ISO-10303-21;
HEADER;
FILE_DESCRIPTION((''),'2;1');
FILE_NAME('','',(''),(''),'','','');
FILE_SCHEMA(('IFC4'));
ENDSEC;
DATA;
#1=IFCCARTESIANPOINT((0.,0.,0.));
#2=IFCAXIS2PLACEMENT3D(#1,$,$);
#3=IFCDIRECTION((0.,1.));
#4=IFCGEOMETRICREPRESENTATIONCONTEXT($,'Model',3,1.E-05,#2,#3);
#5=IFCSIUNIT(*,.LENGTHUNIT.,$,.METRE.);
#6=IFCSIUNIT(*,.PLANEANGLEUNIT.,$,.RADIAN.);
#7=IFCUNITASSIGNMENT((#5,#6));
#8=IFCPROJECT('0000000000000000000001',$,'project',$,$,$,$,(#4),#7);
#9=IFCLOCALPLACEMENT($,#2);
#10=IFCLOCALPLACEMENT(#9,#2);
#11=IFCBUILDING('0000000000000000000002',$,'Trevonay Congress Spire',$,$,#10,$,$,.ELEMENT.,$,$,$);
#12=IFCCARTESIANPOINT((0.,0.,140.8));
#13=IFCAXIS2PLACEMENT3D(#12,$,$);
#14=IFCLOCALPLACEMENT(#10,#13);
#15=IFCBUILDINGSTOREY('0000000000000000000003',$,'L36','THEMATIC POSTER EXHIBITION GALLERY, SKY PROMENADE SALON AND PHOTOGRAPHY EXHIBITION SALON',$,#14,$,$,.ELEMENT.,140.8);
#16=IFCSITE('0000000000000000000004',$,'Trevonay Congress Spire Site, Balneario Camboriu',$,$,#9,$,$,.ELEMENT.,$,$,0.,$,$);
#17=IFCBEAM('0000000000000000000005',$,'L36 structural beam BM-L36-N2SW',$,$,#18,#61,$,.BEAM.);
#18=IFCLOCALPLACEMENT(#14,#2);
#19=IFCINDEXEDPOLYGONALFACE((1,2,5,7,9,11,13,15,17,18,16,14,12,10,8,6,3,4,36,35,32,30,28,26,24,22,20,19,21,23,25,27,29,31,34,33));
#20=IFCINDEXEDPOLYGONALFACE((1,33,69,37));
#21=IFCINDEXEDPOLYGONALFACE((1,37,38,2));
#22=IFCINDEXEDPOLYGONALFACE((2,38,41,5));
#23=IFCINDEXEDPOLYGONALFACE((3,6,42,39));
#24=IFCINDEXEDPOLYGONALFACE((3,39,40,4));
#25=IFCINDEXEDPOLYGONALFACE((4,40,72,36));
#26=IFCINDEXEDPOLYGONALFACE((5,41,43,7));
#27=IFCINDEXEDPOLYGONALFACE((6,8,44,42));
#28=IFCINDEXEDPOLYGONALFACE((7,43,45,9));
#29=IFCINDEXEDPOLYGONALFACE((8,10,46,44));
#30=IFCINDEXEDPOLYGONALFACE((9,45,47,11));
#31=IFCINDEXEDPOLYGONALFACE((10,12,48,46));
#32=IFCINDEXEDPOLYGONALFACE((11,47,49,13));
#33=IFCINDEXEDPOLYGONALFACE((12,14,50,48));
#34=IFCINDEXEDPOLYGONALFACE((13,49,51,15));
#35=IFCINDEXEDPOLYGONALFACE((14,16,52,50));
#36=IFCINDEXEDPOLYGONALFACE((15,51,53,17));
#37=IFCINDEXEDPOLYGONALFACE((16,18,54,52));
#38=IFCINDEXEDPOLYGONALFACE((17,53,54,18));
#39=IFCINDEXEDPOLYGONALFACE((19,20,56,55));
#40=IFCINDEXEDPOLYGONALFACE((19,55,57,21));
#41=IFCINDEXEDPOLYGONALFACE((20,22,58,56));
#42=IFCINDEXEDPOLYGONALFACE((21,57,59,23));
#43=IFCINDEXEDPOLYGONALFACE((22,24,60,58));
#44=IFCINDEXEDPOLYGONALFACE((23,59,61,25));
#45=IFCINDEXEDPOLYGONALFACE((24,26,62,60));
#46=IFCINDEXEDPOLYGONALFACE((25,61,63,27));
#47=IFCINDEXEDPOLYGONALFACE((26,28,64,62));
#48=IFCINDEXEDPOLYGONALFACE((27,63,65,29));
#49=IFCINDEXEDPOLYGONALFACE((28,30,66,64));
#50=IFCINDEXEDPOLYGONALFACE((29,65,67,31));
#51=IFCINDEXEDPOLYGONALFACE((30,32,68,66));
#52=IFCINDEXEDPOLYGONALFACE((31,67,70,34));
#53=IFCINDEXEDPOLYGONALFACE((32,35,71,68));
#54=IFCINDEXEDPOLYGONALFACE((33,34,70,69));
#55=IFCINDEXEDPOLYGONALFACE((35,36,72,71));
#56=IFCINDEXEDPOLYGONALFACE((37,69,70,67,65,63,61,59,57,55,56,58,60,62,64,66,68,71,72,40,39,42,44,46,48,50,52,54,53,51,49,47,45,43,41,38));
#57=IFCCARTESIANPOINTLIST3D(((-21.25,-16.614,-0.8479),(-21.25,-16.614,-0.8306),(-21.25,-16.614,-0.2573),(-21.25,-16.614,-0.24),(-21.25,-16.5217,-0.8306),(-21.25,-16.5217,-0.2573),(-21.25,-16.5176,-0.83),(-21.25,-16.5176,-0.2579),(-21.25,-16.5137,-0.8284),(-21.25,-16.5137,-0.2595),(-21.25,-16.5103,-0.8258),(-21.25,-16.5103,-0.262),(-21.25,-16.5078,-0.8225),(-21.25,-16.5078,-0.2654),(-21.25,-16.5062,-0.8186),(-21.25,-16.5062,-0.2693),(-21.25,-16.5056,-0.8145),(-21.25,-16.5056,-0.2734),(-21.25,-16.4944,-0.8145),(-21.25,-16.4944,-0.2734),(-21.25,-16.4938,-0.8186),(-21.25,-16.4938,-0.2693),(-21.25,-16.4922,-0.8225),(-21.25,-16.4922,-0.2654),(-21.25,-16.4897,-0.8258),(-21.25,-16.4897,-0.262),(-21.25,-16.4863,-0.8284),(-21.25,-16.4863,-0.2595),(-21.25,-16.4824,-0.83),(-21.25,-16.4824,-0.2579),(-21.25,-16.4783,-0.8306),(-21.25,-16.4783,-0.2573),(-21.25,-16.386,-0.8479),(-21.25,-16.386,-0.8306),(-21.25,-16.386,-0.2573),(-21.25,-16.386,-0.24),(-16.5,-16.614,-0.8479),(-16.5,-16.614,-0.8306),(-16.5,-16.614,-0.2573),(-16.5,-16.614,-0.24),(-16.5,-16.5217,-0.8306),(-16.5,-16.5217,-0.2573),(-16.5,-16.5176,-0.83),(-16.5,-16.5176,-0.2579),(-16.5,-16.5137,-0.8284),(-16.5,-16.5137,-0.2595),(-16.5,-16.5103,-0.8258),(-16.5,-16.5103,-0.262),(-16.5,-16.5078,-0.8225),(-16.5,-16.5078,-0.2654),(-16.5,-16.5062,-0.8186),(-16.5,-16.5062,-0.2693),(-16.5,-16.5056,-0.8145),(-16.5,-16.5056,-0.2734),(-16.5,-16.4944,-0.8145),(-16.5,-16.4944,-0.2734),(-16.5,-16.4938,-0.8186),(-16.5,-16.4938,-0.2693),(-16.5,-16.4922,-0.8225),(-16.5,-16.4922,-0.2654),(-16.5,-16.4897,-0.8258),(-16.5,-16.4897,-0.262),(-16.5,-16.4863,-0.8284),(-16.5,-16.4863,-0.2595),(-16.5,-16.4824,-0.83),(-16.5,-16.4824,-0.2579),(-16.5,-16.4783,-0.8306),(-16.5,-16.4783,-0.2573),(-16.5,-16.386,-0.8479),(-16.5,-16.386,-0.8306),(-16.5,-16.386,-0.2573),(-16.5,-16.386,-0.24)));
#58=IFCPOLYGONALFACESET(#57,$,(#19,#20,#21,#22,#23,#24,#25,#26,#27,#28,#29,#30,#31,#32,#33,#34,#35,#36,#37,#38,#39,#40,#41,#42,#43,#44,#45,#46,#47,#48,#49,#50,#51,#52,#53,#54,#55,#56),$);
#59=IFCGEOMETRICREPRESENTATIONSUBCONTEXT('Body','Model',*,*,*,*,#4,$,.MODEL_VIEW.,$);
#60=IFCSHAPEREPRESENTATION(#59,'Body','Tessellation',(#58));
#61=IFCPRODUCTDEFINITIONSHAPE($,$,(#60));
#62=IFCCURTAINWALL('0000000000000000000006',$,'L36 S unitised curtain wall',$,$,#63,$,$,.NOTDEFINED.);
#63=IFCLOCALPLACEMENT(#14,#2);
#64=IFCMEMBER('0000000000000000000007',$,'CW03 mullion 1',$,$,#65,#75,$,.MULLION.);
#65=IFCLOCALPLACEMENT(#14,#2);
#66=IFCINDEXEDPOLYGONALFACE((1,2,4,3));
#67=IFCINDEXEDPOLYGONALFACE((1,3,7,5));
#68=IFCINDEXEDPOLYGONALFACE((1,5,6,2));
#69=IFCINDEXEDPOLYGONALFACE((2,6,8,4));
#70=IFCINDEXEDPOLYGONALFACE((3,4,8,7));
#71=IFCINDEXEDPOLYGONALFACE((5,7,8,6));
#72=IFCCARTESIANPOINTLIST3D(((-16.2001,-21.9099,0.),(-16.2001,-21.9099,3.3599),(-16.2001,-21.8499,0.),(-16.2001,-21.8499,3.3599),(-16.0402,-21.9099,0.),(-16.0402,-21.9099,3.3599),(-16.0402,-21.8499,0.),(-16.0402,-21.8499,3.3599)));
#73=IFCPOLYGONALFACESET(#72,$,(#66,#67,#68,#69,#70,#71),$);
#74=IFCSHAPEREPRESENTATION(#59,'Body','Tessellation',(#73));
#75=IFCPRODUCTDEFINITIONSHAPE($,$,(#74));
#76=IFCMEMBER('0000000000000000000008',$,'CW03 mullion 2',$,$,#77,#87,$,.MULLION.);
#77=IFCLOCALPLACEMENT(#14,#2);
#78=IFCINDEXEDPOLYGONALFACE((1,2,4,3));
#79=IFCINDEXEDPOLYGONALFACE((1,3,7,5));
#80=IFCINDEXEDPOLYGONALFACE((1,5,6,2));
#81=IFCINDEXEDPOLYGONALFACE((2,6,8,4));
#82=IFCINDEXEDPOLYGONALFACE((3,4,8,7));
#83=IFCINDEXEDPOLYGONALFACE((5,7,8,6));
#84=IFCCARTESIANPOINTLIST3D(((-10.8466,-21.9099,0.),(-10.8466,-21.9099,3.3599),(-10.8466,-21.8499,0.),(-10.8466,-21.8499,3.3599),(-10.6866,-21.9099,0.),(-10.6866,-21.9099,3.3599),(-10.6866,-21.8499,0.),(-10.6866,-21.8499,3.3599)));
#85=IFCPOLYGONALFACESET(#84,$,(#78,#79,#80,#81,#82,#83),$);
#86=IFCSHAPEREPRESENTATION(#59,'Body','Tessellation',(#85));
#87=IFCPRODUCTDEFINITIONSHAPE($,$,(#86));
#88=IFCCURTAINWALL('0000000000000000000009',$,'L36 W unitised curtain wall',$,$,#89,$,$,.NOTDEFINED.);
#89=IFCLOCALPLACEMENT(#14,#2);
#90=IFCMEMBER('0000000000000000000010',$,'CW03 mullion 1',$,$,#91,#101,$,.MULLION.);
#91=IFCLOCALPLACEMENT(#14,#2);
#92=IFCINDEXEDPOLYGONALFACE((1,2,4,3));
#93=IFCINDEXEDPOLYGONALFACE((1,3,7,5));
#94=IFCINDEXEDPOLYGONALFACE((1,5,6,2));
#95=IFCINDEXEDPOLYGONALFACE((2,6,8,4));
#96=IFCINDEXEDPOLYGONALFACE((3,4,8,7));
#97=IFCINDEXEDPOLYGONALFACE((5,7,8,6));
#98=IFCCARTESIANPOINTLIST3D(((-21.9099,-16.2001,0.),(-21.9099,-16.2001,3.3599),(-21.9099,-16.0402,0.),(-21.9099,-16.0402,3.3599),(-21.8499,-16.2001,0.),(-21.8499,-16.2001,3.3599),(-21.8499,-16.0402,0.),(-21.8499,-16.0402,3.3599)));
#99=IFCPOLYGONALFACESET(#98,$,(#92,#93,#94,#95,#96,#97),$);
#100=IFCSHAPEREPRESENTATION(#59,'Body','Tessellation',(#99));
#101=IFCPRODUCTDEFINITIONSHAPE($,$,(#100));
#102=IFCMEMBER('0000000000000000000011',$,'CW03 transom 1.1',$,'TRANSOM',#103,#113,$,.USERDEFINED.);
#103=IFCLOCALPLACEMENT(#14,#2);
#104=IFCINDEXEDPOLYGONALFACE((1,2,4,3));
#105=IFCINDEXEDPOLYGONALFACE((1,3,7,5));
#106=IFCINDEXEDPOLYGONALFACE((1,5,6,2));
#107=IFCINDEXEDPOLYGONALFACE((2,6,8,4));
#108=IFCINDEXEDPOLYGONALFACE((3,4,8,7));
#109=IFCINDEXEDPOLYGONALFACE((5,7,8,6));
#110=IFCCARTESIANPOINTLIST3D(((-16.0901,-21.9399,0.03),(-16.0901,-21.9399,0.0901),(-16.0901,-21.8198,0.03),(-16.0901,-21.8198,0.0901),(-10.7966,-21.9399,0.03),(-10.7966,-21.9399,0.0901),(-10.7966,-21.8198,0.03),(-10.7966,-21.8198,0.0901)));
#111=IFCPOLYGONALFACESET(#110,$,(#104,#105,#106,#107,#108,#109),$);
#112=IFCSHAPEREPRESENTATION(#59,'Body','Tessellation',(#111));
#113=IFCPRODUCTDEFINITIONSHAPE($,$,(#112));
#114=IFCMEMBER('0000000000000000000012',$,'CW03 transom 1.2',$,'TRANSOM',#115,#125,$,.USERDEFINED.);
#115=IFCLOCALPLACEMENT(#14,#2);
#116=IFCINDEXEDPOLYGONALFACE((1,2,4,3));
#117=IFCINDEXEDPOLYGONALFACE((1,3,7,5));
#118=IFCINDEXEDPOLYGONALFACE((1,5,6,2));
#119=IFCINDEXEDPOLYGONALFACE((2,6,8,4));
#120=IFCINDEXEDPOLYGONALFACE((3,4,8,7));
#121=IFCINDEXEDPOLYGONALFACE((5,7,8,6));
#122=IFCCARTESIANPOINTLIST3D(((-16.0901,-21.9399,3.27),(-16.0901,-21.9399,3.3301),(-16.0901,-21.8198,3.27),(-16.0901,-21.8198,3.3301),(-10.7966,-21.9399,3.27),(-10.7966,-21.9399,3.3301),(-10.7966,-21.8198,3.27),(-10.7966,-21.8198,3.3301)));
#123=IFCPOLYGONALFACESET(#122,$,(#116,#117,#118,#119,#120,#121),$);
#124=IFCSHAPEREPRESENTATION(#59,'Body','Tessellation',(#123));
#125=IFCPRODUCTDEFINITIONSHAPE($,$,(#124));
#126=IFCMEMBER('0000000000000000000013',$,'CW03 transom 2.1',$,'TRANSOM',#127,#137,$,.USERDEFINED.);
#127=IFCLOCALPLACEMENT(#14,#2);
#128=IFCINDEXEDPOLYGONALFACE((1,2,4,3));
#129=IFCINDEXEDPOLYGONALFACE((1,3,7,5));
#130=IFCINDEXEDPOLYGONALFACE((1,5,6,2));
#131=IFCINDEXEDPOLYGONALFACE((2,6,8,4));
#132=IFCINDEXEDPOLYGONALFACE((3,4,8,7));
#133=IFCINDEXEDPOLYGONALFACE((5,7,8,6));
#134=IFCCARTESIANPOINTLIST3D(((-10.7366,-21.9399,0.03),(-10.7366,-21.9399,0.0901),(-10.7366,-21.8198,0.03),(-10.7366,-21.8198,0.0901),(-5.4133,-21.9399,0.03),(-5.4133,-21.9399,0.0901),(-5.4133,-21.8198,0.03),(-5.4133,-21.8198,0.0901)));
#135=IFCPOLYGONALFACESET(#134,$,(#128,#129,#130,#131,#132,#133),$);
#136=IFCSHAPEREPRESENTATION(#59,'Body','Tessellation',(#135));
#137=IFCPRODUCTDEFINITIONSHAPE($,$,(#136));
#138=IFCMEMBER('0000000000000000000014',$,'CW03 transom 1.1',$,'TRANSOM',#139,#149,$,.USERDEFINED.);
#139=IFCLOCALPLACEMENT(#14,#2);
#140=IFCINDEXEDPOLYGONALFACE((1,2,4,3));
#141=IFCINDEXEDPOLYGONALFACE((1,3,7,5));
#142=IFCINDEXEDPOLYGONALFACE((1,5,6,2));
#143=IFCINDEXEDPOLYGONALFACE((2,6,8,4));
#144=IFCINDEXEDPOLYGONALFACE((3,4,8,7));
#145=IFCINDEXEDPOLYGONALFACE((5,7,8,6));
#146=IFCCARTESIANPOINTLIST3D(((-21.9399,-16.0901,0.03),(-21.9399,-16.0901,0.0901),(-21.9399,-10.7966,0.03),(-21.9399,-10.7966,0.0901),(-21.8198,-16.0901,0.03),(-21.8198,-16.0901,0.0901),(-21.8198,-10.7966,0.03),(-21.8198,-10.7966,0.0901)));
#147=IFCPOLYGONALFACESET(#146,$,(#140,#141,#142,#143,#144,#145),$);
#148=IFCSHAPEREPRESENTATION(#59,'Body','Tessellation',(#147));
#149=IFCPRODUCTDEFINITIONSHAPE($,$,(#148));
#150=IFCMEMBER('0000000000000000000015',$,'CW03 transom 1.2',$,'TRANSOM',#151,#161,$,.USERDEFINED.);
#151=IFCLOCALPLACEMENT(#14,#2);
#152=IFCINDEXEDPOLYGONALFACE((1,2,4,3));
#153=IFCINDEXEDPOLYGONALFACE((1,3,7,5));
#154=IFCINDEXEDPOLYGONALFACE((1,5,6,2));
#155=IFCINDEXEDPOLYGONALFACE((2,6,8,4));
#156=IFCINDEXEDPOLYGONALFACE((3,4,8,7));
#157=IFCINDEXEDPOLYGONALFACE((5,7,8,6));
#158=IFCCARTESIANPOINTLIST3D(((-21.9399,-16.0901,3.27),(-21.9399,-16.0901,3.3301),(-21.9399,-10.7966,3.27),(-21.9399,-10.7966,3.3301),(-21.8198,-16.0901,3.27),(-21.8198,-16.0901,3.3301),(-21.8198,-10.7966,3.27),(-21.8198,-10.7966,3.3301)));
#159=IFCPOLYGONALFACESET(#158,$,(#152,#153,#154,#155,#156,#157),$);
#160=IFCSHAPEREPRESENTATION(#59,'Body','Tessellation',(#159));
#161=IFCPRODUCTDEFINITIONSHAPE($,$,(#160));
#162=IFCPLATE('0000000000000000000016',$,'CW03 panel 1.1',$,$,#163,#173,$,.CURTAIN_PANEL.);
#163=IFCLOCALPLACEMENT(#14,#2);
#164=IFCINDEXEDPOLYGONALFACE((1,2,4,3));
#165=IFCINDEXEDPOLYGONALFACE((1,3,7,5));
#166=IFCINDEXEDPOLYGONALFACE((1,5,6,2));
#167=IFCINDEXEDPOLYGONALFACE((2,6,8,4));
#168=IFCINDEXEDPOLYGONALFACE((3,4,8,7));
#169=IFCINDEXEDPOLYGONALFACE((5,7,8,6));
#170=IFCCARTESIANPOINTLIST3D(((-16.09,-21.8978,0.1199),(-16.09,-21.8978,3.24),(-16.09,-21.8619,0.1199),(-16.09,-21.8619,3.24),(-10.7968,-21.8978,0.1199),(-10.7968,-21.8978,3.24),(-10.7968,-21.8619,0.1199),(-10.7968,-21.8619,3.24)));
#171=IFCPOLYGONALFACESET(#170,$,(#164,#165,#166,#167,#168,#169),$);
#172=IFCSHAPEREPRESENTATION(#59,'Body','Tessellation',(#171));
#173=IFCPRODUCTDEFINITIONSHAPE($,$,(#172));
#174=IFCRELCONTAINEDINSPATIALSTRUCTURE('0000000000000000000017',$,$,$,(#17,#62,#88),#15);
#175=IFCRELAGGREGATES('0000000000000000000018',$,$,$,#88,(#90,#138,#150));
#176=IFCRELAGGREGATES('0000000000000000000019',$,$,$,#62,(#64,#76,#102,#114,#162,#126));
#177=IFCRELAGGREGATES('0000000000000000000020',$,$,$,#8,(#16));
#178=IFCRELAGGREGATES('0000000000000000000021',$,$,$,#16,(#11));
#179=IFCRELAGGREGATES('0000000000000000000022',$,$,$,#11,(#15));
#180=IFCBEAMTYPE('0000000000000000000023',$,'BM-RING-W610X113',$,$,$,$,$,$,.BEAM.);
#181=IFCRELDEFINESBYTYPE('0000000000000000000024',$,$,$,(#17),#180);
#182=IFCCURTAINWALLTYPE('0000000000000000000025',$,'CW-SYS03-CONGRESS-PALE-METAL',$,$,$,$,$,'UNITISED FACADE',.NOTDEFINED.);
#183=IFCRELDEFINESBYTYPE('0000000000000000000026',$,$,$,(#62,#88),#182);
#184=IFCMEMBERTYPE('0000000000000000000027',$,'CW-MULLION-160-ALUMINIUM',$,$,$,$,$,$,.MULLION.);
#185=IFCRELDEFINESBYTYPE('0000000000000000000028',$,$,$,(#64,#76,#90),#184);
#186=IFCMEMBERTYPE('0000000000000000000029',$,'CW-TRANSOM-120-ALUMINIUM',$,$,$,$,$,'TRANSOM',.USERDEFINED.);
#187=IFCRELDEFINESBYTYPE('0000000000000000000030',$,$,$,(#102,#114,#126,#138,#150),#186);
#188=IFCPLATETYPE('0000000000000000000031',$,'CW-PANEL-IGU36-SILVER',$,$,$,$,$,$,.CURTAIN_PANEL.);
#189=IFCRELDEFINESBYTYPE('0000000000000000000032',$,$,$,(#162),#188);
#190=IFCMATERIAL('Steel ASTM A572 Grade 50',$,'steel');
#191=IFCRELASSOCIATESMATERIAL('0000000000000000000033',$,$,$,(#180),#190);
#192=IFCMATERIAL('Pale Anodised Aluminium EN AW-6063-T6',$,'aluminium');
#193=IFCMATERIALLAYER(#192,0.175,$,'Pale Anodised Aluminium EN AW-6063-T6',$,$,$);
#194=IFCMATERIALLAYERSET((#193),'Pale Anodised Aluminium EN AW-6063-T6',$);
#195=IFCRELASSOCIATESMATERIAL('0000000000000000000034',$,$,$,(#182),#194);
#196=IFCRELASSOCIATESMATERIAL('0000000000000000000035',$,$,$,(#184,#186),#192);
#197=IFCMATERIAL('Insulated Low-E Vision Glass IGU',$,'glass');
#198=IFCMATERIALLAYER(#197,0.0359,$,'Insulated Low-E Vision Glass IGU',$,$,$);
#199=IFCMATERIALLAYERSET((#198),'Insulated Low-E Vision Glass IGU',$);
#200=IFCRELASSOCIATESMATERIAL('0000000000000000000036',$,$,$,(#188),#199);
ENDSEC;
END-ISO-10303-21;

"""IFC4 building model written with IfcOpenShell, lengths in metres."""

from ifc_helpers import new_model, si_unit, direction, frame, origin, origin_2d, place, context, subcontext, project, spatial, rectangle, i_section, extrude, material, layer, layer_set, material_profile, profile_set, type_object, element, aggregate, save


model = new_model("IFC4")

# Units and contexts
model_context = context("Model", 3, precision=1e-05, world=origin(), true_north=direction((0.0, 1.0)))
body_context = subcontext(model_context, "Body", "Model", "MODEL_VIEW")
ifc_project = project(units=[si_unit("LENGTHUNIT", "METRE"), si_unit("PLANEANGLEUNIT", "RADIAN")], contexts=[model_context])

# Site, building, storey
site_placement = place(None, origin())
site = spatial("IfcSite", under=ifc_project, at=site_placement, Name="Trevonay Congress Spire Site, Balneario Camboriu", CompositionType="ELEMENT", RefElevation=0.0)
building_placement = place(site_placement, origin())
building = spatial("IfcBuilding", under=site, at=building_placement, Name="Trevonay Congress Spire", CompositionType="ELEMENT")
storey_placement = place(building_placement, frame((0.0, 0.0, 140.8)))
storey = spatial("IfcBuildingStorey", under=building, at=storey_placement, Name="L36", Description="THEMATIC POSTER EXHIBITION GALLERY, SKY PROMENADE SALON AND PHOTOGRAPHY EXHIBITION SALON", CompositionType="ELEMENT", Elevation=140.8)

# Shared definitions
ifc_material_1 = material(Name="Steel ASTM A572 Grade 50", Category="steel")

# Beam
ifc_material_profile_1 = material_profile(ifc_material_1, i_section(OverallWidth=0.228, OverallDepth=0.6079, WebThickness=0.0112, FlangeThickness=0.0173, FilletRadius=0.0161, at=origin_2d()), Name="W610x113")
ifc_profile_set_1 = profile_set([ifc_material_profile_1], Name="Steel ASTM A572 Grade 50")
beam_type = type_object("IfcBeamType", Name="BM-RING-W610X113", PredefinedType="BEAM", material=ifc_profile_set_1)
for number, where, z_axis, x_axis, name in (
    (1, (-21.25, -16.5, -0.5439), (1.0, 0.0, 0.0), (0.0, 1.0, 0.0), "L36 structural beam BM-L36-N2SW"),
):
    element("IfcBeam", number, at=place(storey_placement, frame(where, z_axis=z_axis, x_axis=x_axis)), inside=storey, type_object=beam_type, Name=name, PredefinedType="BEAM", context=body_context, shape_type="SweptSolid", body=[
        extrude(i_section(OverallWidth=0.228, OverallDepth=0.6079, WebThickness=0.0112, FlangeThickness=0.0173, FilletRadius=0.0161, at=origin_2d()), origin(), (0.0, 0.0, 1.0), 4.75),
    ])

# Curtain wall, members
ifc_material_2 = material(Name="Pale Anodised Aluminium EN AW-6063-T6", Category="aluminium")
ifc_layer_1 = layer(ifc_material_2, 0.175, Name="Pale Anodised Aluminium EN AW-6063-T6")
ifc_layer_set_1 = layer_set([ifc_layer_1], Name="Pale Anodised Aluminium EN AW-6063-T6")
curtain_wall_type = type_object("IfcCurtainWallType", Name="CW-SYS03-CONGRESS-PALE-METAL", ElementType="UNITISED FACADE", PredefinedType="NOTDEFINED", material=ifc_layer_set_1)
curtain_wall_1_placement = place(storey_placement, origin())
curtain_wall_1 = element("IfcCurtainWall", 2, at=curtain_wall_1_placement, inside=storey, type_object=curtain_wall_type, Name="L36 S unitised curtain wall", PredefinedType="NOTDEFINED")
ifc_material_profile_2 = material_profile(ifc_material_2, rectangle(XDim=0.0601, YDim=0.1599, at=origin_2d()), Name="CW-MULLION-160-ALUMINIUM")
ifc_profile_set_2 = profile_set([ifc_material_profile_2], Name="Pale Anodised Aluminium EN AW-6063-T6")
member_type_1 = type_object("IfcMemberType", Name="CW-MULLION-160-ALUMINIUM", PredefinedType="MULLION", material=ifc_profile_set_2)
member_1_placement = place(storey_placement, frame((-16.1201, -21.8799, 0.0), z_axis=(0.0, 0.0, 1.0), x_axis=(0.0, 1.0, 0.0)))
member_1 = element("IfcMember", 3, at=member_1_placement, type_object=member_type_1, Name="CW03 mullion 1", PredefinedType="MULLION", context=body_context, shape_type="SweptSolid", body=[
    extrude(rectangle(XDim=0.0601, YDim=0.1599, at=origin_2d()), origin(), (0.0, 0.0, 1.0), 3.3599),
])
member_2_placement = place(storey_placement, frame((-10.7666, -21.8799, 0.0), z_axis=(0.0, 0.0, 1.0), x_axis=(0.0, 1.0, 0.0)))
member_2 = element("IfcMember", 4, at=member_2_placement, type_object=member_type_1, Name="CW03 mullion 2", PredefinedType="MULLION", context=body_context, shape_type="SweptSolid", body=[
    extrude(rectangle(XDim=0.0601, YDim=0.1599, at=origin_2d()), origin(), (0.0, 0.0, 1.0), 3.3599),
])

# Curtain wall, member
curtain_wall_2_placement = place(storey_placement, origin())
curtain_wall_2 = element("IfcCurtainWall", 5, at=curtain_wall_2_placement, inside=storey, type_object=curtain_wall_type, Name="L36 W unitised curtain wall", PredefinedType="NOTDEFINED")
member_3_placement = place(storey_placement, frame((-21.8799, -16.1201, 0.0), z_axis=(0.0, 0.0, 1.0), x_axis=(-1.0, 0.0, 0.0)))
member_3 = element("IfcMember", 6, at=member_3_placement, type_object=member_type_1, Name="CW03 mullion 1", PredefinedType="MULLION", context=body_context, shape_type="SweptSolid", body=[
    extrude(rectangle(XDim=0.0601, YDim=0.1599, at=origin_2d()), origin(), (0.0, 0.0, 1.0), 3.3599),
])

# Members
ifc_material_profile_3 = material_profile(ifc_material_2, rectangle(XDim=0.1201, YDim=0.0601, at=origin_2d()), Name="CW-TRANSOM-120-ALUMINIUM")
ifc_profile_set_3 = profile_set([ifc_material_profile_3], Name="Pale Anodised Aluminium EN AW-6063-T6")
member_type_2 = type_object("IfcMemberType", Name="CW-TRANSOM-120-ALUMINIUM", ElementType="TRANSOM", PredefinedType="USERDEFINED", material=ifc_profile_set_3)
member_4_placement = place(storey_placement, frame((-16.0901, -21.8799, 0.0601), z_axis=(1.0, 0.0, 0.0), x_axis=(0.0, 1.0, 0.0)))
member_4 = element("IfcMember", 7, at=member_4_placement, type_object=member_type_2, Name="CW03 transom 1.1", ObjectType="TRANSOM", PredefinedType="USERDEFINED", context=body_context, shape_type="SweptSolid", body=[
    extrude(rectangle(XDim=0.1201, YDim=0.0601, at=origin_2d()), origin(), (0.0, 0.0, 1.0), 5.2935),
])
member_5_placement = place(storey_placement, frame((-16.0901, -21.8799, 3.3), z_axis=(1.0, 0.0, 0.0), x_axis=(0.0, 1.0, 0.0)))
member_5 = element("IfcMember", 8, at=member_5_placement, type_object=member_type_2, Name="CW03 transom 1.2", ObjectType="TRANSOM", PredefinedType="USERDEFINED", context=body_context, shape_type="SweptSolid", body=[
    extrude(rectangle(XDim=0.1201, YDim=0.0601, at=origin_2d()), origin(), (0.0, 0.0, 1.0), 5.2935),
])
member_6_placement = place(storey_placement, frame((-10.7366, -21.8799, 0.0601), z_axis=(1.0, 0.0, 0.0), x_axis=(0.0, 1.0, 0.0)))
member_6 = element("IfcMember", 9, at=member_6_placement, type_object=member_type_2, Name="CW03 transom 2.1", ObjectType="TRANSOM", PredefinedType="USERDEFINED", context=body_context, shape_type="SweptSolid", body=[
    extrude(rectangle(XDim=0.1201, YDim=0.0601, at=origin_2d()), origin(), (0.0, 0.0, 1.0), 5.3232),
])
member_7_placement = place(storey_placement, frame((-21.8799, -16.0901, 0.0601), z_axis=(0.0, 1.0, 0.0), x_axis=(-1.0, 0.0, 0.0)))
member_7 = element("IfcMember", 10, at=member_7_placement, type_object=member_type_2, Name="CW03 transom 1.1", ObjectType="TRANSOM", PredefinedType="USERDEFINED", context=body_context, shape_type="SweptSolid", body=[
    extrude(rectangle(XDim=0.1201, YDim=0.0601, at=origin_2d()), origin(), (0.0, 0.0, 1.0), 5.2935),
])
member_8_placement = place(storey_placement, frame((-21.8799, -16.0901, 3.3), z_axis=(0.0, 1.0, 0.0), x_axis=(-1.0, 0.0, 0.0)))
member_8 = element("IfcMember", 11, at=member_8_placement, type_object=member_type_2, Name="CW03 transom 1.2", ObjectType="TRANSOM", PredefinedType="USERDEFINED", context=body_context, shape_type="SweptSolid", body=[
    extrude(rectangle(XDim=0.1201, YDim=0.0601, at=origin_2d()), origin(), (0.0, 0.0, 1.0), 5.2935),
])
aggregate(curtain_wall_2, [member_3, member_7, member_8])

# Plate
ifc_material_3 = material(Name="Insulated Low-E Vision Glass IGU", Category="glass")
ifc_layer_2 = layer(ifc_material_3, 0.0359, Name="Insulated Low-E Vision Glass IGU")
ifc_layer_set_2 = layer_set([ifc_layer_2], Name="Insulated Low-E Vision Glass IGU")
plate_type = type_object("IfcPlateType", Name="CW-PANEL-IGU36-SILVER", PredefinedType="CURTAIN_PANEL", material=ifc_layer_set_2)
plate_placement = place(storey_placement, frame((-13.4434, -21.8799, 0.1199), z_axis=(0.0, 0.0, 1.0), x_axis=(1.0, 0.0, 0.0)))
plate = element("IfcPlate", 12, at=plate_placement, type_object=plate_type, Name="CW03 panel 1.1", PredefinedType="CURTAIN_PANEL", context=body_context, shape_type="SweptSolid", body=[
    extrude(rectangle(XDim=5.2932, YDim=0.0359, at=origin_2d()), origin(), (0.0, 0.0, 1.0), 3.1201),
])
aggregate(curtain_wall_1, [member_1, member_2, member_4, member_5, plate, member_6])

save(model, "model.ifc")
